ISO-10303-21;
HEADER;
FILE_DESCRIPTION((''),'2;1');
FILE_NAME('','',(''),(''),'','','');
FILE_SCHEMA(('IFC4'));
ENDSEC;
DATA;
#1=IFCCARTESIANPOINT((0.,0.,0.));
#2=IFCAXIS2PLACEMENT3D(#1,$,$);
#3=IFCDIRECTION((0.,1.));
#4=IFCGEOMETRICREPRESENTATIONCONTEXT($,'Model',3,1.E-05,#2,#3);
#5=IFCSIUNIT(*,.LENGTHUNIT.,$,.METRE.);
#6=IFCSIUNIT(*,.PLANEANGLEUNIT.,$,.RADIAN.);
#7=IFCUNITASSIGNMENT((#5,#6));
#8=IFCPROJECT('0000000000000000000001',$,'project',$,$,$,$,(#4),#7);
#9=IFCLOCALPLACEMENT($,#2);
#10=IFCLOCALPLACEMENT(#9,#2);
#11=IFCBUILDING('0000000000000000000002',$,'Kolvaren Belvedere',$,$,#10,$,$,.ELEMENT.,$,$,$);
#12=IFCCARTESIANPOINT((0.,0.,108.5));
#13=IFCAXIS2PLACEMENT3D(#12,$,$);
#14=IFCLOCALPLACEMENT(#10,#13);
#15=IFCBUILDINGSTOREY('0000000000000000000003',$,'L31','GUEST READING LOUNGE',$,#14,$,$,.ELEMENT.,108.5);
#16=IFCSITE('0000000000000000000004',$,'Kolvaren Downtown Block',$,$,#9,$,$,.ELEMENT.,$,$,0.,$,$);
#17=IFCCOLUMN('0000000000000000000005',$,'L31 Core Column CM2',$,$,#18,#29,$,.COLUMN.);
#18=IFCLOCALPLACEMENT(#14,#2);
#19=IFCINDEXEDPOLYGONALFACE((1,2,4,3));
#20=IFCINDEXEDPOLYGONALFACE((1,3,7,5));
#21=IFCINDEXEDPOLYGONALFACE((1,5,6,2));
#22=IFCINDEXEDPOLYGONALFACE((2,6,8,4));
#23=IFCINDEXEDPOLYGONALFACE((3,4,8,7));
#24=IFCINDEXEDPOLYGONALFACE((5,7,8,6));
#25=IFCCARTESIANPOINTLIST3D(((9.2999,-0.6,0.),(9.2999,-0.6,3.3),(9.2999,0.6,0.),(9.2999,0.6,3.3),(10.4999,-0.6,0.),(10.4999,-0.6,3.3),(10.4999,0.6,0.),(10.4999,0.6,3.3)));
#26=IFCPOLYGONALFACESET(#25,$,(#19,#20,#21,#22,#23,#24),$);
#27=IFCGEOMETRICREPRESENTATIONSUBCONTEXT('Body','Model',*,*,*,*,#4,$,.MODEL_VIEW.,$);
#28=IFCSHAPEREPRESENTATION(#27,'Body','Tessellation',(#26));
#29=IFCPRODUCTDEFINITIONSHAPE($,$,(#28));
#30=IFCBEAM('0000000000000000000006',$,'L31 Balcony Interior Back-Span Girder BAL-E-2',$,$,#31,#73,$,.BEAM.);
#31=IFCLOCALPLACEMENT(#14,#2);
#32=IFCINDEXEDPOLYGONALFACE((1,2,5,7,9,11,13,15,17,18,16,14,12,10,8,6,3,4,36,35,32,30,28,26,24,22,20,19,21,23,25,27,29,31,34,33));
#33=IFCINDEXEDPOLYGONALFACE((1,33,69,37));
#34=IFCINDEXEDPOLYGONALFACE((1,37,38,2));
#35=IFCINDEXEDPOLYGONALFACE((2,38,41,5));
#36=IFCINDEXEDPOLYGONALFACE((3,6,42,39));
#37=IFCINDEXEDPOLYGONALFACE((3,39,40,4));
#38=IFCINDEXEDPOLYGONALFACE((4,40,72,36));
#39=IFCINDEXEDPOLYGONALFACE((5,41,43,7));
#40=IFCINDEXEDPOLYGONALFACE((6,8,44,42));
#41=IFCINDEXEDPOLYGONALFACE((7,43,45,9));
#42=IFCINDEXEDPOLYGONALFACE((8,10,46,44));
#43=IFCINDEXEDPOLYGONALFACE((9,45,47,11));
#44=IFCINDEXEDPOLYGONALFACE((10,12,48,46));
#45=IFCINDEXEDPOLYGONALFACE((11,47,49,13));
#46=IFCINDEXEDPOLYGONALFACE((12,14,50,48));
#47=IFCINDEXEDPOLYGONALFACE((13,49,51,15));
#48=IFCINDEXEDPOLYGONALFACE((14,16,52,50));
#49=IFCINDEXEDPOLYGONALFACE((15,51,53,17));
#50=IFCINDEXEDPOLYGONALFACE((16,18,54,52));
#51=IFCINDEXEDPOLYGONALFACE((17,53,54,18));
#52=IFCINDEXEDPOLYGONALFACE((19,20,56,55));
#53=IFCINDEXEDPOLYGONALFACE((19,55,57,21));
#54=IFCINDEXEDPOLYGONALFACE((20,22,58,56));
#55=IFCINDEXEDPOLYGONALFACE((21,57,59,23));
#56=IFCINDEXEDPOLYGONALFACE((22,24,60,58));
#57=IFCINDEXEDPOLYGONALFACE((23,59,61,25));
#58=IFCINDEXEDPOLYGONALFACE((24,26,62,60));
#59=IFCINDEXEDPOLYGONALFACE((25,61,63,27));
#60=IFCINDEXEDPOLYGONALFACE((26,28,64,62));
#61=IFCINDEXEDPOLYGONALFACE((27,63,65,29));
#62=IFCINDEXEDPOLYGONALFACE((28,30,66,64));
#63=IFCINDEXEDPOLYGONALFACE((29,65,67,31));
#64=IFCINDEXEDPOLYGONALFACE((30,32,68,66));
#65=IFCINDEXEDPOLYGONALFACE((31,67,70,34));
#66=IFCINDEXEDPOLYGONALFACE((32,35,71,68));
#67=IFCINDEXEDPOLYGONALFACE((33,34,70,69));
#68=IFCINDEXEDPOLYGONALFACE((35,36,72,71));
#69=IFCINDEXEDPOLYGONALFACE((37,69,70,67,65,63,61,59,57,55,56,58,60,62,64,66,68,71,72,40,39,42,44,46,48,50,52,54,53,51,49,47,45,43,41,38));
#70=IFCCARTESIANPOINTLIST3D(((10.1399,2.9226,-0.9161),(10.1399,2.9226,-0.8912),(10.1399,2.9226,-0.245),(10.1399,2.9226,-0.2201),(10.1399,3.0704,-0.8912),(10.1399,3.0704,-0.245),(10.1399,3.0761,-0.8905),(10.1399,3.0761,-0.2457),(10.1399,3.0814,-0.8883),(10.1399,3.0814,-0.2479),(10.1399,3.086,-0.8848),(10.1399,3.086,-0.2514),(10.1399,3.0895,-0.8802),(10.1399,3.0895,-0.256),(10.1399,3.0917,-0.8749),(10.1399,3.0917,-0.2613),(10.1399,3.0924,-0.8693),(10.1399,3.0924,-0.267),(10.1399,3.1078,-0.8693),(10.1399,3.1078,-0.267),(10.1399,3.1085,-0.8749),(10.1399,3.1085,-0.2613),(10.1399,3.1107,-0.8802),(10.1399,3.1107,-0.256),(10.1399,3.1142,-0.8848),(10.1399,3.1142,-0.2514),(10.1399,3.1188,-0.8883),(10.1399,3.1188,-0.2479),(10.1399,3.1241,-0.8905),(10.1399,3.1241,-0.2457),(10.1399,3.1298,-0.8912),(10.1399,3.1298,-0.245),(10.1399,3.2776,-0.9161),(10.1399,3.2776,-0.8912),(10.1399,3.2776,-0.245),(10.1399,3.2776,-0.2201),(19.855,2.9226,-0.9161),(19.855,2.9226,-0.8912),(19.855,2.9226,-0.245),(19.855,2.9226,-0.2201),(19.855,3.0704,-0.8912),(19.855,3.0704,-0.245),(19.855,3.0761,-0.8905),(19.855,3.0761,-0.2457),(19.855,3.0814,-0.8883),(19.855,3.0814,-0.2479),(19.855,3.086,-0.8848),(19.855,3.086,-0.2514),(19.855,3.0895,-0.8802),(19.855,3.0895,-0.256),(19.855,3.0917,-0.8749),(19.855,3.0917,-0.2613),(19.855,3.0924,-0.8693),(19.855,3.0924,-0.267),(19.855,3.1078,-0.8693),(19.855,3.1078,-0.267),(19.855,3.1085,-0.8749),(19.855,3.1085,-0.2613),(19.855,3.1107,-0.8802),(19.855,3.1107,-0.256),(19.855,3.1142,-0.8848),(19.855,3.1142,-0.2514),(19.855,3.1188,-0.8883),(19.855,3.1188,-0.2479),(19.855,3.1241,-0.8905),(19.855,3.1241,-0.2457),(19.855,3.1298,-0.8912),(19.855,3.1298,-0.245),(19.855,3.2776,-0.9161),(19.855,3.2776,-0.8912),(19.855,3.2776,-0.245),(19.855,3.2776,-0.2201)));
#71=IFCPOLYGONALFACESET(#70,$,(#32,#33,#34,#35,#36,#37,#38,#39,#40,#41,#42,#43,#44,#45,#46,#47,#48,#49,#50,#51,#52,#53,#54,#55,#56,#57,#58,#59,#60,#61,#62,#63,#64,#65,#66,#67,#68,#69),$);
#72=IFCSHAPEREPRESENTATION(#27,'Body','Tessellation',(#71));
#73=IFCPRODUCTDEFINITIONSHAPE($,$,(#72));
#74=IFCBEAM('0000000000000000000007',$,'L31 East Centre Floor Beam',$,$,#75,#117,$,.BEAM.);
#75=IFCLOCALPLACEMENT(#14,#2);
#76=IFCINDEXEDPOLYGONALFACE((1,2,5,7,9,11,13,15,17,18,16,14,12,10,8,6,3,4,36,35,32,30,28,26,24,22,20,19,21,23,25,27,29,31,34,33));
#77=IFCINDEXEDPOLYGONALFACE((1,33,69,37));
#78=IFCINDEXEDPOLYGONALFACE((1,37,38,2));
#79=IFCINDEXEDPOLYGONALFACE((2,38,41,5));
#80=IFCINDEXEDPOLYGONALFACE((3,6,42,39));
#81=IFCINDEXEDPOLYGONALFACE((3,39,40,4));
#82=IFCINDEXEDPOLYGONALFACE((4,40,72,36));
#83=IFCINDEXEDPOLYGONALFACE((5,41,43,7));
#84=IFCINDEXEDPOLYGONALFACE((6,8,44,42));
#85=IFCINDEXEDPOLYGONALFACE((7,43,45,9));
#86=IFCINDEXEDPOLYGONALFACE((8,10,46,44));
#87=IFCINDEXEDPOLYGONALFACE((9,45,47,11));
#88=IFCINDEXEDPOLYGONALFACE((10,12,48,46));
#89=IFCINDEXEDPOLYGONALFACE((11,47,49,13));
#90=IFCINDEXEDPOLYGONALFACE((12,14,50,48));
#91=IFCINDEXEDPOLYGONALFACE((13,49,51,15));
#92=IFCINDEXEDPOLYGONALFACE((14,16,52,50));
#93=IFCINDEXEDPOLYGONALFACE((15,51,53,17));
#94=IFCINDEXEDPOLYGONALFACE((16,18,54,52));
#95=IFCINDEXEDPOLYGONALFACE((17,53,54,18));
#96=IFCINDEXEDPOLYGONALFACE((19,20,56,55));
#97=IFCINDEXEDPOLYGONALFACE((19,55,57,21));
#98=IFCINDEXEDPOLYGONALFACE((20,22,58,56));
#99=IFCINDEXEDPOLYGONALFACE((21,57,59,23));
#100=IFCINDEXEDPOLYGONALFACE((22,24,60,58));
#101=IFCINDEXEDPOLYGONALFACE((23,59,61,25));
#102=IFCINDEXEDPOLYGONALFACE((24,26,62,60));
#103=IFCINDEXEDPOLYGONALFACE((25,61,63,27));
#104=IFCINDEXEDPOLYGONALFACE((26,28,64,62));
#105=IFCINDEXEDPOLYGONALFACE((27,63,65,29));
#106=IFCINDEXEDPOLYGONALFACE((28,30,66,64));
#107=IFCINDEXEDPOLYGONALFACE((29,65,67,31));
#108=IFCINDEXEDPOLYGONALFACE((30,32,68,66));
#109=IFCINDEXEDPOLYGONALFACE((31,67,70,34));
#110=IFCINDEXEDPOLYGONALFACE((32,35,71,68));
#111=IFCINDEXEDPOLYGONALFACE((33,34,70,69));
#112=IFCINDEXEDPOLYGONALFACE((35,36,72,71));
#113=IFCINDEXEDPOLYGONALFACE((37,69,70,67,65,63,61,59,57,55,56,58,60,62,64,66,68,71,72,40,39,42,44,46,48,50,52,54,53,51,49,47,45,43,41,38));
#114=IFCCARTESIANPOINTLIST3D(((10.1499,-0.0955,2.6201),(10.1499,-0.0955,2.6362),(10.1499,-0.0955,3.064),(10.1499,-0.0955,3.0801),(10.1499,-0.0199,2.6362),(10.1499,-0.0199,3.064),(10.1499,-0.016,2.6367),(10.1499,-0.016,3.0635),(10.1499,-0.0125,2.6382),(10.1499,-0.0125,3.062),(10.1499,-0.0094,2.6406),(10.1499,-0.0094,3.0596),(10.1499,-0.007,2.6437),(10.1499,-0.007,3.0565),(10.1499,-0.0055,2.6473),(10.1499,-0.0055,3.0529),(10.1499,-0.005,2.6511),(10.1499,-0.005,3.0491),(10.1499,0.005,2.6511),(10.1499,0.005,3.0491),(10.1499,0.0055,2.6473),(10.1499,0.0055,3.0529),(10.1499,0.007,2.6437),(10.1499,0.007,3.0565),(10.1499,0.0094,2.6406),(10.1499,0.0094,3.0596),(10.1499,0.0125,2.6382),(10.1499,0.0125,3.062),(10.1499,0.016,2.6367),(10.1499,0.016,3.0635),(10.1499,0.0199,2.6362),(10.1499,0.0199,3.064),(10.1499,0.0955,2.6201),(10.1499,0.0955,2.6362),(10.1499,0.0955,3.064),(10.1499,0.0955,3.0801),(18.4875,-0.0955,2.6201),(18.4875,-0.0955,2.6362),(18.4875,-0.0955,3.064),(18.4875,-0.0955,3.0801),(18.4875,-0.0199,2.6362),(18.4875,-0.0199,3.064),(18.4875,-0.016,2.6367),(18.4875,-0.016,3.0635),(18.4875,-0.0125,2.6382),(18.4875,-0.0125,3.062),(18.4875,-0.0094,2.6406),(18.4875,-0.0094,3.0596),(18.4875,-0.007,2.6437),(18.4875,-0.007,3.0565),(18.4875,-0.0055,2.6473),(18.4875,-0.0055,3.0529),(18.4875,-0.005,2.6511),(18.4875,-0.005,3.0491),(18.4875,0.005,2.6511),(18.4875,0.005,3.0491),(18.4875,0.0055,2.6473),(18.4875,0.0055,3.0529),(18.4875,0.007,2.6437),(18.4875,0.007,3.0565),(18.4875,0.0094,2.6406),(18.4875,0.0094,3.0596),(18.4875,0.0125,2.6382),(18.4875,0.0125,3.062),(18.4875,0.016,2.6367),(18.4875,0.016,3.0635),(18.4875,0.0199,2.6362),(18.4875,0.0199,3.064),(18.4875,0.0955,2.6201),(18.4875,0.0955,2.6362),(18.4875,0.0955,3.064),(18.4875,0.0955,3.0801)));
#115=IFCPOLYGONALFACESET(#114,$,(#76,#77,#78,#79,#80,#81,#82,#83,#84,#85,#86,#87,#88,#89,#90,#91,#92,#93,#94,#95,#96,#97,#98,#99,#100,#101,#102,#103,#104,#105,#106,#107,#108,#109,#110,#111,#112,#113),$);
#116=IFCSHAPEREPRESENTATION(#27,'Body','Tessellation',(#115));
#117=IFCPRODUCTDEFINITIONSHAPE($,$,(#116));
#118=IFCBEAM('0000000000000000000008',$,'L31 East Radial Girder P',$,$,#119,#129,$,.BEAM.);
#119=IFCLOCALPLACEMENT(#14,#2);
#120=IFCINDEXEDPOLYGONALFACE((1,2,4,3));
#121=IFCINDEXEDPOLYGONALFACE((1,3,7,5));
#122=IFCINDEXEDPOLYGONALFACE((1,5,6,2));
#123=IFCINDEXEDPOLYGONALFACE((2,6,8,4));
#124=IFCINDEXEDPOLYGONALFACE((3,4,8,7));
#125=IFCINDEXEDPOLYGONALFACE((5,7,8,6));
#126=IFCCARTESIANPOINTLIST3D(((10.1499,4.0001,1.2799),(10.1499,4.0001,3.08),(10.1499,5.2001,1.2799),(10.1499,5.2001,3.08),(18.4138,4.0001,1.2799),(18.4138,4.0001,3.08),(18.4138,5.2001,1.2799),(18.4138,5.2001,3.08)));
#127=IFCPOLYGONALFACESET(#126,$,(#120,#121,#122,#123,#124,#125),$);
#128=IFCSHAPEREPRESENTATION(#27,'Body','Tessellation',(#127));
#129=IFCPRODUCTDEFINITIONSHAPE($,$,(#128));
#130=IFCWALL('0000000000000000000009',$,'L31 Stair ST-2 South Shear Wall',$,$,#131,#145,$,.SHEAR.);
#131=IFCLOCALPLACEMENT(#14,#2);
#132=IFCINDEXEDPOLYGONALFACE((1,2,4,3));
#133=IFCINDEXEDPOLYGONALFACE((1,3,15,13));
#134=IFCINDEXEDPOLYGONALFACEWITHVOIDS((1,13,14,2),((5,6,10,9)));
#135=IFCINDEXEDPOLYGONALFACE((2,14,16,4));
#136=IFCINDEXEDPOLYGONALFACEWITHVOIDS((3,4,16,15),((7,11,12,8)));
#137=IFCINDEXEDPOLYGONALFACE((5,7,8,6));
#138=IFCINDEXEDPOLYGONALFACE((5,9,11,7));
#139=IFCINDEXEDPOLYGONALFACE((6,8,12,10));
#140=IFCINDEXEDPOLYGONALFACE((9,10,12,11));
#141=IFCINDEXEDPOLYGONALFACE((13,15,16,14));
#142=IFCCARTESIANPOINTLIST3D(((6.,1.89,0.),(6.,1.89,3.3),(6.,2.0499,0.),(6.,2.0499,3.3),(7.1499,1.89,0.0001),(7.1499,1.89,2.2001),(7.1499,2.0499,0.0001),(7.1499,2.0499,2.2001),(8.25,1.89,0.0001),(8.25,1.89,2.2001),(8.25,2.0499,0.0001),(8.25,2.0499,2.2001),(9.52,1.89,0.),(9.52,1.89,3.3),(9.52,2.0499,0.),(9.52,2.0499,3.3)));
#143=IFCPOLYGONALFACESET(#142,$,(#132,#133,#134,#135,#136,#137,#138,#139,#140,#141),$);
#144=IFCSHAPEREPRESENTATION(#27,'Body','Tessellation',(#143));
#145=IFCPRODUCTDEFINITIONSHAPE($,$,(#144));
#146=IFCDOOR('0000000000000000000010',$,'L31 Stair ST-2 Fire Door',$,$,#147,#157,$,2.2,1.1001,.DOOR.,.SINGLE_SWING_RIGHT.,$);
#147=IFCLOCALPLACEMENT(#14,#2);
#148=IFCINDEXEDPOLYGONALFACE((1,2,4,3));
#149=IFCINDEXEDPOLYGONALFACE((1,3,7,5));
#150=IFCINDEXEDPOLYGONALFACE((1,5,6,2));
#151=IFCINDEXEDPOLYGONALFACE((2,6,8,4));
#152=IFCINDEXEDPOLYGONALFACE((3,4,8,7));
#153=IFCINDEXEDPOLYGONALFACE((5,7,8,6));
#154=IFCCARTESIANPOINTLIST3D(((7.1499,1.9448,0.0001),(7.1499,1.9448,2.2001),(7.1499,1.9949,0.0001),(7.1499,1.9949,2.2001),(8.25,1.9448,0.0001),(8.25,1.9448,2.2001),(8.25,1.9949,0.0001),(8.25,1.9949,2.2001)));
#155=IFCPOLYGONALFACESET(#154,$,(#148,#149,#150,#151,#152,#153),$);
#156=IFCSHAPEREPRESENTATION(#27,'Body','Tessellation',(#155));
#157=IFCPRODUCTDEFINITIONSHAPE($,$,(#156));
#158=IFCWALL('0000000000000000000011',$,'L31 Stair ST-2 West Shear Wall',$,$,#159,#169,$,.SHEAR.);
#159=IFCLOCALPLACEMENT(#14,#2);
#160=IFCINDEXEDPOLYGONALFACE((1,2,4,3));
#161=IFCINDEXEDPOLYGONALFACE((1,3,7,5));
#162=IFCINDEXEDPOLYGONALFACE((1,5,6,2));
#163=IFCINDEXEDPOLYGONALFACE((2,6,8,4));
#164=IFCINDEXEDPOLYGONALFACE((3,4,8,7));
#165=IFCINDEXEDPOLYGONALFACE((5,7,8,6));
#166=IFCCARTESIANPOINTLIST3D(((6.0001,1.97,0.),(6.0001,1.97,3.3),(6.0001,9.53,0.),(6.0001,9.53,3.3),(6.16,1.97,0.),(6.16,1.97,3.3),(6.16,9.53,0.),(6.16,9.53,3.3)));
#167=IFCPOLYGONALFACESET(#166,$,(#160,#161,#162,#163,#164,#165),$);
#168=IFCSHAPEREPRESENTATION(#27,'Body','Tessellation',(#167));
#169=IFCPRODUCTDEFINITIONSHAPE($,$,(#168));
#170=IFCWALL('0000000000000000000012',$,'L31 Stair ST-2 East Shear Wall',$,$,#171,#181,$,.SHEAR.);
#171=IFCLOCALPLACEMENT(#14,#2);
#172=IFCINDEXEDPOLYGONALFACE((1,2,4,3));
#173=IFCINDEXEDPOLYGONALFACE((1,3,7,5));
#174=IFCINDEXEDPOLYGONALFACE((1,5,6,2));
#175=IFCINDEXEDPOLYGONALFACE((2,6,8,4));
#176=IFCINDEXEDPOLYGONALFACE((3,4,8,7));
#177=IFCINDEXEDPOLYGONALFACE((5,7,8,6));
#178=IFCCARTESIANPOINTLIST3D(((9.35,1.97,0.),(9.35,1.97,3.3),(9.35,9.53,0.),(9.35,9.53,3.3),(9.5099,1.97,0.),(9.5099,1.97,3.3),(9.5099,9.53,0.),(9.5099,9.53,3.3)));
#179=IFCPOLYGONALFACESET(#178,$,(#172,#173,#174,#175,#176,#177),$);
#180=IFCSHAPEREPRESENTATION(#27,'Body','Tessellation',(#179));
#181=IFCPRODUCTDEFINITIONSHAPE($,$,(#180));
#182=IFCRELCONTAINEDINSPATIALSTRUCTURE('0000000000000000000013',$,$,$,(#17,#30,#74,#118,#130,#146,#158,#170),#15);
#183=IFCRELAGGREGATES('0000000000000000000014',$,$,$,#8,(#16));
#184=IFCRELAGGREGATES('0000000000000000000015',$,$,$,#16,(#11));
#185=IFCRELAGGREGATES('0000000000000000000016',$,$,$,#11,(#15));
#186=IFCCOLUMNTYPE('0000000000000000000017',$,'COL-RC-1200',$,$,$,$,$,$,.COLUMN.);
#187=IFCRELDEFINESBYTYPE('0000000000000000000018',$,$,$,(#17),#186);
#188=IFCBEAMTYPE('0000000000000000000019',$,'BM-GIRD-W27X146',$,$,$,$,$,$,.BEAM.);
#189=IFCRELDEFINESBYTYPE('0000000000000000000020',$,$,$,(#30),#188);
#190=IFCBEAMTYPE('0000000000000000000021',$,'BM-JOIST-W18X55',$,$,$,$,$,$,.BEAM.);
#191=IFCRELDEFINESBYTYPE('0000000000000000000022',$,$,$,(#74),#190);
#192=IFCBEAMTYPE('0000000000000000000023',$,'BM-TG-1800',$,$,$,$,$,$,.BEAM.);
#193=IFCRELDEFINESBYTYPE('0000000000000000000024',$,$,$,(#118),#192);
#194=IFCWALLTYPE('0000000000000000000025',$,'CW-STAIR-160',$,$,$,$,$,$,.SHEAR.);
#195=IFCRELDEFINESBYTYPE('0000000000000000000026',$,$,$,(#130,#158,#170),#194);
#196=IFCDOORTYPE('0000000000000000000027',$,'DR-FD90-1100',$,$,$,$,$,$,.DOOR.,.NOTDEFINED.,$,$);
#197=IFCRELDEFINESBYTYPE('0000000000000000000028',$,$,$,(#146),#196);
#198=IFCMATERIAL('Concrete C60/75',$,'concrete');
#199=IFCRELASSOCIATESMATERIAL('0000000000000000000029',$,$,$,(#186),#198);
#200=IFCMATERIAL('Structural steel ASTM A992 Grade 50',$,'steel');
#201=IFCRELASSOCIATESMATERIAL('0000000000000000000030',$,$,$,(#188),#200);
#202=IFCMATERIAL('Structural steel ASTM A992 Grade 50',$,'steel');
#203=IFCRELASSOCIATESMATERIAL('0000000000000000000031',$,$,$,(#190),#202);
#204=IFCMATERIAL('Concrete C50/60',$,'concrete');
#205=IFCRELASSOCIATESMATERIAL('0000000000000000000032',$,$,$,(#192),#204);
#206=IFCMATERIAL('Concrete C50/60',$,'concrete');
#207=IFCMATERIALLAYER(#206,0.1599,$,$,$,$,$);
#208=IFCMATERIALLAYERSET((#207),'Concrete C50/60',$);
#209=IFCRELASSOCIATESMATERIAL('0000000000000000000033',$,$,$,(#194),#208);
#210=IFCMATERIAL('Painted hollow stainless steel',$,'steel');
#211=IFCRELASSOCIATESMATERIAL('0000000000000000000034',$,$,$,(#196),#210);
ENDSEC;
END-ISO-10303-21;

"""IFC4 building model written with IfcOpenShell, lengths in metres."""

from ifc_helpers import new_model, si_unit, direction, frame, frame_2d, origin, origin_2d, place, context, subcontext, project, spatial, rectangle, i_section, extrude, material, layer, layer_set, material_profile, profile_set, type_object, element, fill, save


model = new_model("IFC4")

# Units and contexts
model_context = context("Model", 3, precision=1e-05, world=origin(), true_north=direction((0.0, 1.0)))
body_context = subcontext(model_context, "Body", "Model", "MODEL_VIEW")
ifc_project = project(units=[si_unit("LENGTHUNIT", "METRE"), si_unit("PLANEANGLEUNIT", "RADIAN")], contexts=[model_context])

# Site, building, storey
site_placement = place(None, origin())
site = spatial("IfcSite", under=ifc_project, at=site_placement, Name="Kolvaren Downtown Block", CompositionType="ELEMENT", RefElevation=0.0)
building_placement = place(site_placement, origin())
building = spatial("IfcBuilding", under=site, at=building_placement, Name="Kolvaren Belvedere", CompositionType="ELEMENT")
storey_placement = place(building_placement, frame((0.0, 0.0, 108.5)))
storey = spatial("IfcBuildingStorey", under=building, at=storey_placement, Name="L31", Description="GUEST READING LOUNGE", CompositionType="ELEMENT", Elevation=108.5)

# Column
ifc_material_1 = material(Name="Concrete C60/75", Category="concrete")
ifc_material_profile_1 = material_profile(ifc_material_1, rectangle(XDim=1.2, YDim=1.2, at=origin_2d()), Name="RC 1200X1200")
ifc_profile_set_1 = profile_set([ifc_material_profile_1], Name="Concrete C60/75")
column_type = type_object("IfcColumnType", Name="COL-RC-1200", PredefinedType="COLUMN", material=ifc_profile_set_1)
column_placement = place(storey_placement, frame((9.8999, 0.0, 0.0), z_axis=(0.0, 0.0, 1.0), x_axis=(1.0, 0.0, 0.0)))
element("IfcColumn", 1, at=column_placement, inside=storey, type_object=column_type, Name="L31 Core Column CM2", PredefinedType="COLUMN", context=body_context, shape_type="SweptSolid", body=[
    extrude(rectangle(XDim=1.2, YDim=1.2, at=origin_2d()), origin(), (0.0, 0.0, 1.0), 3.3),
])

# Beams
ifc_material_2 = material(Name="Structural steel ASTM A992 Grade 50", Category="steel")
ifc_material_profile_2 = material_profile(ifc_material_2, i_section(OverallWidth=0.355, OverallDepth=0.696, WebThickness=0.0154, FlangeThickness=0.0249, FilletRadius=0.022, at=origin_2d()), Name="W27X146")
ifc_profile_set_2 = profile_set([ifc_material_profile_2], Name="Structural steel ASTM A992 Grade 50")
beam_type_1 = type_object("IfcBeamType", Name="BM-GIRD-W27X146", PredefinedType="BEAM", material=ifc_profile_set_2)
beam_1_placement = place(storey_placement, frame((10.1399, 3.1001, -0.5681), z_axis=(1.0, 0.0, 0.0), x_axis=(0.0, 1.0, 0.0)))
element("IfcBeam", 2, at=beam_1_placement, inside=storey, type_object=beam_type_1, Name="L31 Balcony Interior Back-Span Girder BAL-E-2", PredefinedType="BEAM", context=body_context, shape_type="SweptSolid", body=[
    extrude(i_section(OverallWidth=0.355, OverallDepth=0.696, WebThickness=0.0154, FlangeThickness=0.0249, FilletRadius=0.022, at=origin_2d()), origin(), (0.0, 0.0, 1.0), 9.7151),
])
ifc_material_3 = material(Name="Structural steel ASTM A992 Grade 50", Category="steel")
ifc_material_profile_3 = material_profile(ifc_material_3, i_section(OverallWidth=0.1909, OverallDepth=0.46, WebThickness=0.01, FlangeThickness=0.0161, FilletRadius=0.0149, at=origin_2d()), Name="W18X55")
ifc_profile_set_3 = profile_set([ifc_material_profile_3], Name="Structural steel ASTM A992 Grade 50")
beam_type_2 = type_object("IfcBeamType", Name="BM-JOIST-W18X55", PredefinedType="BEAM", material=ifc_profile_set_3)
beam_2_placement = place(storey_placement, frame((10.1499, 0.0, 2.8501), z_axis=(1.0, 0.0, 0.0), x_axis=(0.0, 1.0, 0.0)))
element("IfcBeam", 3, at=beam_2_placement, inside=storey, type_object=beam_type_2, Name="L31 East Centre Floor Beam", PredefinedType="BEAM", context=body_context, shape_type="SweptSolid", body=[
    extrude(i_section(OverallWidth=0.1909, OverallDepth=0.46, WebThickness=0.01, FlangeThickness=0.0161, FilletRadius=0.0149, at=origin_2d()), origin(), (0.0, 0.0, 1.0), 8.3376),
])
ifc_material_4 = material(Name="Concrete C50/60", Category="concrete")
ifc_material_profile_4 = material_profile(ifc_material_4, rectangle(XDim=1.2, YDim=1.8, at=origin_2d()), Name="RC 1200X1800")
ifc_profile_set_4 = profile_set([ifc_material_profile_4], Name="Concrete C50/60")
beam_type_3 = type_object("IfcBeamType", Name="BM-TG-1800", PredefinedType="BEAM", material=ifc_profile_set_4)
beam_3_placement = place(storey_placement, frame((10.1499, 4.6001, 2.1799), z_axis=(1.0, 0.0, 0.0), x_axis=(0.0, 1.0, 0.0)))
element("IfcBeam", 4, at=beam_3_placement, inside=storey, type_object=beam_type_3, Name="L31 East Radial Girder P", PredefinedType="BEAM", context=body_context, shape_type="SweptSolid", body=[
    extrude(rectangle(XDim=1.2, YDim=1.8, at=origin_2d()), origin(), (0.0, 0.0, 1.0), 8.2639),
])

# Wall, opening, door
ifc_material_5 = material(Name="Concrete C50/60", Category="concrete")
ifc_layer_1 = layer(ifc_material_5, 0.1599)
ifc_layer_set_1 = layer_set([ifc_layer_1], Name="Concrete C50/60")
wall_type_1 = type_object("IfcWallType", Name="CW-STAIR-160", PredefinedType="SHEAR", material=ifc_layer_set_1)
wall_1_placement = place(storey_placement, frame((6.0, 1.97, 0.0), z_axis=(0.0, 0.0, 1.0), x_axis=(1.0, 0.0, 0.0)))
wall_1 = element("IfcWall", 5, at=wall_1_placement, inside=storey, type_object=wall_type_1, Name="L31 Stair ST-2 South Shear Wall", PredefinedType="SHEAR", context=body_context, shape_type="SweptSolid", body=[
    extrude(rectangle(XDim=3.52, YDim=0.1599, at=frame_2d((1.76, 0.0))), origin(), (0.0, 0.0, 1.0), 3.3),
])
opening_1_placement = place(wall_1_placement, frame((1.1499, 0.0, 0.0)))
opening_1 = element("IfcOpeningElement", 6, at=opening_1_placement, cuts=wall_1, PredefinedType="OPENING", context=body_context, shape_type="SweptSolid", body=[
    extrude(rectangle(XDim=1.1001, YDim=2.2, at=frame_2d((0.55, 1.1001))), frame((0.0, 0.0898, 0.0), z_axis=(0.0, -1.0, 0.0), x_axis=(1.0, 0.0, 0.0)), (0.0, 0.0, 1.0), 0.1799),
])
ifc_material_6 = material(Name="Painted hollow stainless steel", Category="steel")
door_type_1 = type_object("IfcDoorType", Name="DR-FD90-1100", OperationType="NOTDEFINED", PredefinedType="DOOR", material=ifc_material_6)
door_1_placement = place(opening_1_placement, origin())
door_1 = element("IfcDoor", 7, at=door_1_placement, inside=storey, type_object=door_type_1, Name="L31 Stair ST-2 Fire Door", OperationType="SINGLE_SWING_RIGHT", OverallHeight=2.2, OverallWidth=1.1001, PredefinedType="DOOR", context=body_context, shape_type="SweptSolid", body=[
    extrude(rectangle(XDim=1.1001, YDim=2.2, at=frame_2d((0.55, 1.1001))), frame((0.0, 0.0249, 0.0), z_axis=(0.0, -1.0, 0.0), x_axis=(1.0, 0.0, 0.0)), (0.0, 0.0, 1.0), 0.05),
])
fill(opening_1, door_1)

# Walls
for number, where, z_axis, x_axis, name in (
    (8, (6.0801, 1.97, 0.0), (0.0, 0.0, 1.0), (0.0, 1.0, 0.0), "L31 Stair ST-2 West Shear Wall"),
    (9, (9.4299, 1.97, 0.0), (0.0, 0.0, 1.0), (0.0, 1.0, 0.0), "L31 Stair ST-2 East Shear Wall"),
):
    element("IfcWall", number, at=place(storey_placement, frame(where, z_axis=z_axis, x_axis=x_axis)), inside=storey, type_object=wall_type_1, Name=name, PredefinedType="SHEAR", context=body_context, shape_type="SweptSolid", body=[
        extrude(rectangle(XDim=7.5601, YDim=0.1599, at=frame_2d((3.78, 0.0))), origin(), (0.0, 0.0, 1.0), 3.3),
    ])

save(model, "model.ifc")
